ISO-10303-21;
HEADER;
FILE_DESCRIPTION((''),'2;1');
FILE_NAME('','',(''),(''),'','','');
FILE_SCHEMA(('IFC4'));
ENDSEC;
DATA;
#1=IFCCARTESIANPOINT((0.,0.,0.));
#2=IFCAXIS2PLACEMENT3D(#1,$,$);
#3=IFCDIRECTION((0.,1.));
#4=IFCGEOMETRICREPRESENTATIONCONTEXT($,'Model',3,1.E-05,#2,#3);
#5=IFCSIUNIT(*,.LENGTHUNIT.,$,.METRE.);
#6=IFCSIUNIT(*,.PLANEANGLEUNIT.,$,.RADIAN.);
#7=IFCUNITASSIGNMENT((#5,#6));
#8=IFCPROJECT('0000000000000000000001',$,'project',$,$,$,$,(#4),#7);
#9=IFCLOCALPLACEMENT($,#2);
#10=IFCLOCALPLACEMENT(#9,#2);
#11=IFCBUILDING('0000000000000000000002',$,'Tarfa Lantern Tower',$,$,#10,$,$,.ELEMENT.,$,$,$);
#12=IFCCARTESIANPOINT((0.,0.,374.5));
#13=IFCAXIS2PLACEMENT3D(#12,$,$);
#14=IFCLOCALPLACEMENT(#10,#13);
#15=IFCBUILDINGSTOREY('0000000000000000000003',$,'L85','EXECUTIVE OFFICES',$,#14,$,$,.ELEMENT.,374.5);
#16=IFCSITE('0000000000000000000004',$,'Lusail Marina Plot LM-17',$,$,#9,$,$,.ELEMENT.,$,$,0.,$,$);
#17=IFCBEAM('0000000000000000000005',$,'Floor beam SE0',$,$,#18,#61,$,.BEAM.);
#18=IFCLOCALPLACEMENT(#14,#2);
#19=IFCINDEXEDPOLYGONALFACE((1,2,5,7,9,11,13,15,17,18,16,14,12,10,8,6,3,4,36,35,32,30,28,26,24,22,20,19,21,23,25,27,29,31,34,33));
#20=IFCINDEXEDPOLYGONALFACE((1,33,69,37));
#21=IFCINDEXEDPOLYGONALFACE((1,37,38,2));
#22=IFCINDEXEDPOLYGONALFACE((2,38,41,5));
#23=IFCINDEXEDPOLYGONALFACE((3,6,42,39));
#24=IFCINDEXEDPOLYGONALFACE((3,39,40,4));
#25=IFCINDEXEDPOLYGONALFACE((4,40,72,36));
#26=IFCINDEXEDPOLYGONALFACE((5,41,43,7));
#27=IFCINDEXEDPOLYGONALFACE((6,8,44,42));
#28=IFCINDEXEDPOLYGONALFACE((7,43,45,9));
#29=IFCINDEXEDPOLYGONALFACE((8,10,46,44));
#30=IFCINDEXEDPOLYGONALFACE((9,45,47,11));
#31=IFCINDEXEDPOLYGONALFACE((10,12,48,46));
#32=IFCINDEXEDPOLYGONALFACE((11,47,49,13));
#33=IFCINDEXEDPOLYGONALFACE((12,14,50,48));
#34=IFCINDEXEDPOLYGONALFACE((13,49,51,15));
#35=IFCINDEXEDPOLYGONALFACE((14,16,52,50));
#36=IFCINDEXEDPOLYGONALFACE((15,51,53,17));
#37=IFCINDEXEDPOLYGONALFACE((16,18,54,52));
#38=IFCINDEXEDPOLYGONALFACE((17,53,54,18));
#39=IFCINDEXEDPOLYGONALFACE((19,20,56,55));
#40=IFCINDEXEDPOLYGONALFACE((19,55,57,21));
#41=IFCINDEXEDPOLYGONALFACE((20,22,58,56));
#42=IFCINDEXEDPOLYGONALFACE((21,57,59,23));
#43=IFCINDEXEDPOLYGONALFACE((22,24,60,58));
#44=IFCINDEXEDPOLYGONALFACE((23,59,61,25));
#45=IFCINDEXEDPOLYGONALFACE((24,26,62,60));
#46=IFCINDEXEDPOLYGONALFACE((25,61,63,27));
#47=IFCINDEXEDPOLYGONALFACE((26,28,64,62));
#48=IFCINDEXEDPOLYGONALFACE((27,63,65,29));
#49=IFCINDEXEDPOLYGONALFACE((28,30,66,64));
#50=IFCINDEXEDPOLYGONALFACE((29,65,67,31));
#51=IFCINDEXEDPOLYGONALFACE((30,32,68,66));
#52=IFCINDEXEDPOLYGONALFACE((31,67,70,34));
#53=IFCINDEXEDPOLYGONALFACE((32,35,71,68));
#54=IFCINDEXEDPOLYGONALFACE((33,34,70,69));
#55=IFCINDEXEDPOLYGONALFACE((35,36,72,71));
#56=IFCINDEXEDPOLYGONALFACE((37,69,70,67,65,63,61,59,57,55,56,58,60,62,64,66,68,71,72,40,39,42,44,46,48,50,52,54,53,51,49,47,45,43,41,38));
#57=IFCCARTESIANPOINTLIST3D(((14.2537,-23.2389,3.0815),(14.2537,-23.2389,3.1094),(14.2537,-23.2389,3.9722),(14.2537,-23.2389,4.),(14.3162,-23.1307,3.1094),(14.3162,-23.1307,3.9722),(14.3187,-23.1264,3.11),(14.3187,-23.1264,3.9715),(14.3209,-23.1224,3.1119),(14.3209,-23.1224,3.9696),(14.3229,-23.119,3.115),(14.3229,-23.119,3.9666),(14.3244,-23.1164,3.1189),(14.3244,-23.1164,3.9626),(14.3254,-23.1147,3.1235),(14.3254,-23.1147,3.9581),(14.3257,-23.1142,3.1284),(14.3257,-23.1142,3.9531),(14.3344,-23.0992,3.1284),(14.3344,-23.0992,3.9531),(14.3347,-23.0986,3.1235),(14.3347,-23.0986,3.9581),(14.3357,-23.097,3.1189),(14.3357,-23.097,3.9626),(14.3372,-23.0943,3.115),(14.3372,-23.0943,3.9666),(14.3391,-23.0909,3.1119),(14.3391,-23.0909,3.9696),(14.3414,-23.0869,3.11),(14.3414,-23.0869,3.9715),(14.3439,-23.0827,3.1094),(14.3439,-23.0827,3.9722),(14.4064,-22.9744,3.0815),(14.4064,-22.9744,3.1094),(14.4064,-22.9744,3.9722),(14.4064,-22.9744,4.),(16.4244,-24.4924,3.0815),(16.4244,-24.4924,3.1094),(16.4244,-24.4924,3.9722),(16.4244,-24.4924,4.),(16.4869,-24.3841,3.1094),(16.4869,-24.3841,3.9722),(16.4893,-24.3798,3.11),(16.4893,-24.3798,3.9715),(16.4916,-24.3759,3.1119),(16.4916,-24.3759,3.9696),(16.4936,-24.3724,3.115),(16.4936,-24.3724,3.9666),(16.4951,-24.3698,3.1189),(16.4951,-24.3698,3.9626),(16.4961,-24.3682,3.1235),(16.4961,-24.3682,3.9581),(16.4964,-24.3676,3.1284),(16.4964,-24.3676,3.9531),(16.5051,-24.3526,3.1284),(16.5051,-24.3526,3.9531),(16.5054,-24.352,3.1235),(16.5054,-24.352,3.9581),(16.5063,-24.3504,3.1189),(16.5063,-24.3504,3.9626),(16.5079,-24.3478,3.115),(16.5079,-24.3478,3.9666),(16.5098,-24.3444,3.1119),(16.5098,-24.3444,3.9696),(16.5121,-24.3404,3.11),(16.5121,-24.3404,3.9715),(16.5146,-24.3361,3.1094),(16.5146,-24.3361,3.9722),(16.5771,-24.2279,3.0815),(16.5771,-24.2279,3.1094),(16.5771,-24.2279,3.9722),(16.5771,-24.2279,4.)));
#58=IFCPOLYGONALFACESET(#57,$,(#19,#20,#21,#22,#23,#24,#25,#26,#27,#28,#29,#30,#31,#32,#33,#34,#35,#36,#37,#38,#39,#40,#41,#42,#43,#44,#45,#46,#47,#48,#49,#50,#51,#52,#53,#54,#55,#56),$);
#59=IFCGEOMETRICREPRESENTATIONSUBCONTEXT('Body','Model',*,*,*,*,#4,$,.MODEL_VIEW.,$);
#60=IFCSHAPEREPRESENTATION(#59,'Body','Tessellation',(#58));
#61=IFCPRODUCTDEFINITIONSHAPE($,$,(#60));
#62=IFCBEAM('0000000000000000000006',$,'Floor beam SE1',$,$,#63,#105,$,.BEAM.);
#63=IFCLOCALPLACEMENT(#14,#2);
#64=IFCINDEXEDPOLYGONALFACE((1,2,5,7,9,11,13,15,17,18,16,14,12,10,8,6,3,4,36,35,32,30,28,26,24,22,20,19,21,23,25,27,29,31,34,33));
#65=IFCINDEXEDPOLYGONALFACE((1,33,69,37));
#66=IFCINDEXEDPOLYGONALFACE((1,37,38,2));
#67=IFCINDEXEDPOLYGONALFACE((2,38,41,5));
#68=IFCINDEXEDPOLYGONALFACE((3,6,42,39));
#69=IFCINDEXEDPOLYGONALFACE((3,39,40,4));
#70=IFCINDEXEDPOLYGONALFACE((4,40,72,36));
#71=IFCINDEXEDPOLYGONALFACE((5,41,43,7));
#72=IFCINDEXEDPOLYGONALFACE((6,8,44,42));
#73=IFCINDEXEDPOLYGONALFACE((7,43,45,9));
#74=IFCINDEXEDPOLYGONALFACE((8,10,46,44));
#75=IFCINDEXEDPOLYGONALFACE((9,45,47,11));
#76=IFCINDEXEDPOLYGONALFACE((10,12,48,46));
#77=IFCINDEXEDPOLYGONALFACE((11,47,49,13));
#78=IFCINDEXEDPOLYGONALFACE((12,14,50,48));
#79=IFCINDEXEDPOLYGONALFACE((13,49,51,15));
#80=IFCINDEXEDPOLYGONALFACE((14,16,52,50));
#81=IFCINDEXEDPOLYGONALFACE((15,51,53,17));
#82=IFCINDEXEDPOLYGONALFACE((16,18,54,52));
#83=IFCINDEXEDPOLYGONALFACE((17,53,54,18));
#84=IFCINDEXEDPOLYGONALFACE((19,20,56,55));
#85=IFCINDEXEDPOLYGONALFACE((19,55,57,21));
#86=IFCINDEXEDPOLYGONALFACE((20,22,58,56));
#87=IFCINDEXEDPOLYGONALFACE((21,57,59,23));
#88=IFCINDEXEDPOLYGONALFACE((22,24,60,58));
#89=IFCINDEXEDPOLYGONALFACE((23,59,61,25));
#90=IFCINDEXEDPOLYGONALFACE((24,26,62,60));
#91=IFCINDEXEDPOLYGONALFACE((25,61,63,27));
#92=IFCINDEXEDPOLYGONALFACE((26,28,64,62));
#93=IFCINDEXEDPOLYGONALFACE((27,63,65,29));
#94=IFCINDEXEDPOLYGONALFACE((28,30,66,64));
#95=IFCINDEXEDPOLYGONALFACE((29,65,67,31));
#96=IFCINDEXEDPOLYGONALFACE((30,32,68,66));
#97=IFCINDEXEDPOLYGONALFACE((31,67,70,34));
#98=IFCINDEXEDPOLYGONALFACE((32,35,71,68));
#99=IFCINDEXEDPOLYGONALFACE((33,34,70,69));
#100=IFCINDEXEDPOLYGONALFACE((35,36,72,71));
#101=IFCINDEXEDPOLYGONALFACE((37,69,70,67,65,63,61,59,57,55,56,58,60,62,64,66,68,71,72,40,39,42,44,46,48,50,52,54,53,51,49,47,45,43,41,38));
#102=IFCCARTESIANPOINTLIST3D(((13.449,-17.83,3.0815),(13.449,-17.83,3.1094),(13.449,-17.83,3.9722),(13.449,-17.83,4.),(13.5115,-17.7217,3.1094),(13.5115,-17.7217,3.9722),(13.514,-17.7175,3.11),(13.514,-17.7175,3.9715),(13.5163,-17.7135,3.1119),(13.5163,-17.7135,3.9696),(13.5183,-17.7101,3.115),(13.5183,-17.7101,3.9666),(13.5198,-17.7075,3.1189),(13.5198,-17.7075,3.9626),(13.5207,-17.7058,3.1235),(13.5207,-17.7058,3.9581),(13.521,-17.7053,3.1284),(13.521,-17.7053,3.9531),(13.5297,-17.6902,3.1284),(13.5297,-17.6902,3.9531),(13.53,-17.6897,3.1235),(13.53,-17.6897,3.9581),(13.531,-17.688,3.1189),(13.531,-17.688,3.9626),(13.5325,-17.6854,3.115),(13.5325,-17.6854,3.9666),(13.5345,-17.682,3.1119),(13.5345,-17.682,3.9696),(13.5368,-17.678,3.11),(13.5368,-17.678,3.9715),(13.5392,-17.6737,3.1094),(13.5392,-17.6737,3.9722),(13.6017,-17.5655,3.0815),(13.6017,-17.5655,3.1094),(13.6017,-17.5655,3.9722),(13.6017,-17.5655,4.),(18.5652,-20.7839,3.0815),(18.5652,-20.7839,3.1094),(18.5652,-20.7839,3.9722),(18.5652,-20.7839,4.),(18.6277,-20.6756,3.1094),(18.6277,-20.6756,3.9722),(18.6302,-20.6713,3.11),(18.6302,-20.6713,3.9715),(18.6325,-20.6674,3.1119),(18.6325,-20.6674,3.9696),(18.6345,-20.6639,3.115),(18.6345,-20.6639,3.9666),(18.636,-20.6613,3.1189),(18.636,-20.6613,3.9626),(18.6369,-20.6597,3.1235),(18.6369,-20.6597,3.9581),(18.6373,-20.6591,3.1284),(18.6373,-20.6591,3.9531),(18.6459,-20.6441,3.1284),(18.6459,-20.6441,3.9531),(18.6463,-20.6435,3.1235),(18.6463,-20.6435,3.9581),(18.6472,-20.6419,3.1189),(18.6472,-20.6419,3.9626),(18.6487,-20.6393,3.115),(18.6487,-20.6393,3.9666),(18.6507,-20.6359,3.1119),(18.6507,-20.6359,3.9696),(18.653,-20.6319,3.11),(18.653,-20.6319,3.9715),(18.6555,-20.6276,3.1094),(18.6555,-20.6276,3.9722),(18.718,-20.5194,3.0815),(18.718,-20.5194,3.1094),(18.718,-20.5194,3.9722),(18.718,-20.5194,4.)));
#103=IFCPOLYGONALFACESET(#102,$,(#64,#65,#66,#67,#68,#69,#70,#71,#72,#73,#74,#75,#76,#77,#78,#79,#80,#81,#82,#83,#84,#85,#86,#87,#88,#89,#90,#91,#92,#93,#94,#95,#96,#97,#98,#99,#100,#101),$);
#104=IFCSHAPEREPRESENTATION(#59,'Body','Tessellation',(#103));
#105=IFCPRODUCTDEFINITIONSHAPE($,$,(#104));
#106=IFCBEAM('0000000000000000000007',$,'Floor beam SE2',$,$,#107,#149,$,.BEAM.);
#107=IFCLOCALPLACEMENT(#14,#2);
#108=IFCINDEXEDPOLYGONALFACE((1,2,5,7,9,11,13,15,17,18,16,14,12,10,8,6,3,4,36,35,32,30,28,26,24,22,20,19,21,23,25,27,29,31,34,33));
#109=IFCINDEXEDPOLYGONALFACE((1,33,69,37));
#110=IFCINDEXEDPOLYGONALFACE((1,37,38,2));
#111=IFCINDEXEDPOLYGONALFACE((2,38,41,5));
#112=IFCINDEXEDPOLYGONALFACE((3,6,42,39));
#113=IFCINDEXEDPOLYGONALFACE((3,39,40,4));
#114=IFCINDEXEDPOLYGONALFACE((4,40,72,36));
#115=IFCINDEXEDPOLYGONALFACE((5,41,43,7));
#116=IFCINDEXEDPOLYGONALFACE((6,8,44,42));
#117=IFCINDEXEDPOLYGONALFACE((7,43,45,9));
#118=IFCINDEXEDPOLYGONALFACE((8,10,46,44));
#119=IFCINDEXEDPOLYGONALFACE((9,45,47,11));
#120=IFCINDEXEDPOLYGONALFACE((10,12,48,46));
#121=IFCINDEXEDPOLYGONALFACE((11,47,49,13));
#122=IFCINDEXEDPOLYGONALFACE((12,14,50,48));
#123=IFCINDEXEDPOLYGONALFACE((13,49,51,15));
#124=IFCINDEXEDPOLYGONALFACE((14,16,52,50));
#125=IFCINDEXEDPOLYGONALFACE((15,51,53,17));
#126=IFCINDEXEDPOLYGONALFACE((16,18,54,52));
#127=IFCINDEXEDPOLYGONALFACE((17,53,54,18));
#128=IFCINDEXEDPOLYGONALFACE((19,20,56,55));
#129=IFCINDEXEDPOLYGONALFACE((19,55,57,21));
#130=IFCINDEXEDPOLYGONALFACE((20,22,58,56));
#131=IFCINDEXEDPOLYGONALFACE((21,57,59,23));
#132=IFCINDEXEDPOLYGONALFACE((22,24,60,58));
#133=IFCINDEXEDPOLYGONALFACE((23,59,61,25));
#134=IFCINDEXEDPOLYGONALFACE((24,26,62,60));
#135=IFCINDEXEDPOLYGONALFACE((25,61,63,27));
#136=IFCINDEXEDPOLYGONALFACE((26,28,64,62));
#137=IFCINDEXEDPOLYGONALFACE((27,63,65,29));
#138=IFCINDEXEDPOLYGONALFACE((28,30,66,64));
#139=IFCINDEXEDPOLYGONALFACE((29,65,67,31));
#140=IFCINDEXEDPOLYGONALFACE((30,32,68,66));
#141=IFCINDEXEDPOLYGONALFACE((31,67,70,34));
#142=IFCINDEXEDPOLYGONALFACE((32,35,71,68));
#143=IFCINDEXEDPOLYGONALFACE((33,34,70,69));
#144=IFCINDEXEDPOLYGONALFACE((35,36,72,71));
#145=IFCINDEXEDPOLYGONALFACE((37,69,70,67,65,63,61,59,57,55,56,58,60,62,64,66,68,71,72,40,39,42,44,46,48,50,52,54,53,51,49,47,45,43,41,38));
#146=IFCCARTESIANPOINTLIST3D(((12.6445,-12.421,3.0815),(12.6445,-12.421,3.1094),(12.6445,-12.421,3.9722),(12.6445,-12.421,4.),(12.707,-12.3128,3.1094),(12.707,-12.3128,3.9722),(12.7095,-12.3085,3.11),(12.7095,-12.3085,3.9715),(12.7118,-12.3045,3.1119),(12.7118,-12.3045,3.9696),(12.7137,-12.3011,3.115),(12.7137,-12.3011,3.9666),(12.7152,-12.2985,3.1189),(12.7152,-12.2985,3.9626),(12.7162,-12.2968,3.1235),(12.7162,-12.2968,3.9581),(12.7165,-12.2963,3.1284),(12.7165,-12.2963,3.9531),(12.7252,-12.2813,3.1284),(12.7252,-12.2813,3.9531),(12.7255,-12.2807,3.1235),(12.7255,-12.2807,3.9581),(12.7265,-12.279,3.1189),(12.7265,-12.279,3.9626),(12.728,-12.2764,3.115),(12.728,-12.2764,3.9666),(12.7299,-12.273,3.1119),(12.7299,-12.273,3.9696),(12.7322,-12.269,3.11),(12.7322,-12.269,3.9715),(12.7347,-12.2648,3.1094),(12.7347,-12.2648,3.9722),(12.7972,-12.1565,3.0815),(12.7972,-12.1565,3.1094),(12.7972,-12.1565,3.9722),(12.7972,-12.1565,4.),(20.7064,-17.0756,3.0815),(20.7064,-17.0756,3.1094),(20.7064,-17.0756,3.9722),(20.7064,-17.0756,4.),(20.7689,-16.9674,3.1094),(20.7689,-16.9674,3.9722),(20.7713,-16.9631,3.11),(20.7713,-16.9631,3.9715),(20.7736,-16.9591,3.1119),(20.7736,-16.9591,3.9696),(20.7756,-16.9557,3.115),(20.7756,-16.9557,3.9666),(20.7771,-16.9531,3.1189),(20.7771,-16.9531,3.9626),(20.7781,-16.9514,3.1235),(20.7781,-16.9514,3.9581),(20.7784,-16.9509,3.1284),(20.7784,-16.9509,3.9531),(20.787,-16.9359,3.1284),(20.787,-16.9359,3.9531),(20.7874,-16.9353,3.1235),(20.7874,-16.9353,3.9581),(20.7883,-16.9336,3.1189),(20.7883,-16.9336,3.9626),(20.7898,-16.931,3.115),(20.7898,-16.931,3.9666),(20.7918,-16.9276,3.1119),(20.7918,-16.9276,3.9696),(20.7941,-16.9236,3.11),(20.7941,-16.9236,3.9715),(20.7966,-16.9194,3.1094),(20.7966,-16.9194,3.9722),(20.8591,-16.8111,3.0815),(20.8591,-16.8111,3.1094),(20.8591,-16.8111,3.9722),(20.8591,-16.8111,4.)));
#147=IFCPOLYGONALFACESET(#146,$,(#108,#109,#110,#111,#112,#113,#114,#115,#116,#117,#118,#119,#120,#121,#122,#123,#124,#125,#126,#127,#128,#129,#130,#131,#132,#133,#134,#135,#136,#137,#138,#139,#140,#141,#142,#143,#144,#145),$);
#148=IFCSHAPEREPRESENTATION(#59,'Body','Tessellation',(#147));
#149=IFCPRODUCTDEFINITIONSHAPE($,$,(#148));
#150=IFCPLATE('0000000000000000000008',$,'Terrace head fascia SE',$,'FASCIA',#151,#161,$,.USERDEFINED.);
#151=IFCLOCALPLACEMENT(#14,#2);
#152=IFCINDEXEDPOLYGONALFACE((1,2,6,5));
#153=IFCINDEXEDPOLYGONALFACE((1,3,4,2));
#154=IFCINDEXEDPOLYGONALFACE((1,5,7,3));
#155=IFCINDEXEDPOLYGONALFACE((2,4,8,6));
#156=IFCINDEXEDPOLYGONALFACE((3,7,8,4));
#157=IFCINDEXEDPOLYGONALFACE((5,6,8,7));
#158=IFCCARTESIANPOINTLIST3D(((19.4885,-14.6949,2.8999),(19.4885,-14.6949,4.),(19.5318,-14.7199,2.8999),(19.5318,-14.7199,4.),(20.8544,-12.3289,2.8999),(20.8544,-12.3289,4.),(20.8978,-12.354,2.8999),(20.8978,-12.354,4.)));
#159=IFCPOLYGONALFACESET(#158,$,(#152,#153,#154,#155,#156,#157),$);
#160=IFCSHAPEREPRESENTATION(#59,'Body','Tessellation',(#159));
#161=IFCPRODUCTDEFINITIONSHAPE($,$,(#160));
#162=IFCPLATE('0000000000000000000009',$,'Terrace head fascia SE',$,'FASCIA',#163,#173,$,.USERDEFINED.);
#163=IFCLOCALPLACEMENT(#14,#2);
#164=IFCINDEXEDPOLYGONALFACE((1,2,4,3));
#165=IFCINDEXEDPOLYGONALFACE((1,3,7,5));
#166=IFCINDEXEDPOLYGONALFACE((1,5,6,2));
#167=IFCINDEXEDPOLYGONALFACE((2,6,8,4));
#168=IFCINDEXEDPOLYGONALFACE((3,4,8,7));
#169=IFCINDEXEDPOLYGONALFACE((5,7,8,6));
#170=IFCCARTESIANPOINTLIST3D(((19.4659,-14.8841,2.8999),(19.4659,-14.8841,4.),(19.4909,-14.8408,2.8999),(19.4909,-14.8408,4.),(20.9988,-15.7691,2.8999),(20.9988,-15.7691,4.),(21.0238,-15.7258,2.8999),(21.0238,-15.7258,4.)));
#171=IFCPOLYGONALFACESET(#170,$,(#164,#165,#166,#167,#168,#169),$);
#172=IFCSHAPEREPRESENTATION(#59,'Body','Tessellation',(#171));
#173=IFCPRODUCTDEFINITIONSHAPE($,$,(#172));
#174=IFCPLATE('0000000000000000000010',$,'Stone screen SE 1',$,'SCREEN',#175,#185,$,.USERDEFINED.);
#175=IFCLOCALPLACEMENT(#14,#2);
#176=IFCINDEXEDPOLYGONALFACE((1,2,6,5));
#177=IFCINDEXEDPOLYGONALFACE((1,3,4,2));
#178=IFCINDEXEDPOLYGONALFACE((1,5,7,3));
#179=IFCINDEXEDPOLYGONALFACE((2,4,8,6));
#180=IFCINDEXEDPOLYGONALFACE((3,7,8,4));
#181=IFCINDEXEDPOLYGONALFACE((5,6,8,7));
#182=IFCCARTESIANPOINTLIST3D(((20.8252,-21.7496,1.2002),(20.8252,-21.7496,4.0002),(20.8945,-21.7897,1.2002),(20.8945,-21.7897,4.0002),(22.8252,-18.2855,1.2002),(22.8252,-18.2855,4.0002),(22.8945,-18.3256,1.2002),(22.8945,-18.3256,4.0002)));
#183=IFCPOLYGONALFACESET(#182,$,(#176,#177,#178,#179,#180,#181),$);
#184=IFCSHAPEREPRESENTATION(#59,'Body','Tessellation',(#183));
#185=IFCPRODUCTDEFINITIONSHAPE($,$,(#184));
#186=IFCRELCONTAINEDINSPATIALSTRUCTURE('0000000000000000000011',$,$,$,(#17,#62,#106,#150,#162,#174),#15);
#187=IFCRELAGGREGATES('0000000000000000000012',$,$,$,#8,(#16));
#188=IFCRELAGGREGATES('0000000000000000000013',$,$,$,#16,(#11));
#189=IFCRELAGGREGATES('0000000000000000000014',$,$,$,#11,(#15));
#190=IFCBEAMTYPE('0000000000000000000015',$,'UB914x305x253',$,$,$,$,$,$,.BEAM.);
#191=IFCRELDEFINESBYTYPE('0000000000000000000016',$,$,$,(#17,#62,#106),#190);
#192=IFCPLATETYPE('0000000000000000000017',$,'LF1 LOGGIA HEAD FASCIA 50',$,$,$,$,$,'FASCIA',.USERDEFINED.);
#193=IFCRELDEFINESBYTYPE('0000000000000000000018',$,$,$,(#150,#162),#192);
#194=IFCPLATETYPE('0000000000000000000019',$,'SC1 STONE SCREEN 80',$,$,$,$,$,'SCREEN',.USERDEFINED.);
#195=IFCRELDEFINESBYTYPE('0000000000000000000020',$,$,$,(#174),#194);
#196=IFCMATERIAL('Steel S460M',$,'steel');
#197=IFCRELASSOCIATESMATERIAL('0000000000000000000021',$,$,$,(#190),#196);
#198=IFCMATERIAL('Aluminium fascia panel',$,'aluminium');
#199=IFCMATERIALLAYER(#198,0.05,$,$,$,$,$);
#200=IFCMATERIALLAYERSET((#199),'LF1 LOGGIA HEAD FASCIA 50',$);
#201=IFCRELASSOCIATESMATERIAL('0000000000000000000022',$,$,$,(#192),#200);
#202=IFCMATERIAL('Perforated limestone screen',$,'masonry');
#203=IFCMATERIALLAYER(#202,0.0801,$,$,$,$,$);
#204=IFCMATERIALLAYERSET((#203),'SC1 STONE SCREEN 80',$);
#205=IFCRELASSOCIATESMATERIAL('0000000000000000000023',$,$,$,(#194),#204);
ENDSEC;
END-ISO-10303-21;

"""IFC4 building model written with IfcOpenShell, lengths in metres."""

from ifc_helpers import new_model, si_unit, direction, frame, origin, origin_2d, place, context, subcontext, project, spatial, rectangle, i_section, extrude, material, layer, layer_set, material_profile, profile_set, type_object, element, save


model = new_model("IFC4")

# Units and contexts
model_context = context("Model", 3, precision=1e-05, world=origin(), true_north=direction((0.0, 1.0)))
body_context = subcontext(model_context, "Body", "Model", "MODEL_VIEW")
ifc_project = project(units=[si_unit("LENGTHUNIT", "METRE"), si_unit("PLANEANGLEUNIT", "RADIAN")], contexts=[model_context])

# Site, building, storey
site_placement = place(None, origin())
site = spatial("IfcSite", under=ifc_project, at=site_placement, Name="Lusail Marina Plot LM-17", CompositionType="ELEMENT", RefElevation=0.0)
building_placement = place(site_placement, origin())
building = spatial("IfcBuilding", under=site, at=building_placement, Name="Tarfa Lantern Tower", CompositionType="ELEMENT")
storey_placement = place(building_placement, frame((0.0, 0.0, 374.5)))
storey = spatial("IfcBuildingStorey", under=building, at=storey_placement, Name="L85", Description="EXECUTIVE OFFICES", CompositionType="ELEMENT", Elevation=374.5)

# Beams
ifc_material_1 = material(Name="Steel S460M", Category="steel")
ifc_material_profile_1 = material_profile(ifc_material_1, i_section(OverallWidth=0.3054, OverallDepth=0.9185, WebThickness=0.0173, FlangeThickness=0.0278, FilletRadius=0.019, at=origin_2d()), Name="UB914x305x253")
ifc_profile_set_1 = profile_set([ifc_material_profile_1], Name="Steel S460M")
beam_type_1 = type_object("IfcBeamType", Name="UB914x305x253", PredefinedType="BEAM", material=ifc_profile_set_1)
beam_1_placement = place(storey_placement, frame((16.5007, -24.3601, 3.5408), z_axis=(-0.865993, 0.500057, 0.0), x_axis=(-0.500057, -0.865993, 0.0)))
element("IfcBeam", 1, at=beam_1_placement, inside=storey, type_object=beam_type_1, Name="Floor beam SE0", PredefinedType="BEAM", context=body_context, shape_type="SweptSolid", body=[
    extrude(i_section(OverallWidth=0.3054, OverallDepth=0.9185, WebThickness=0.0173, FlangeThickness=0.0278, FilletRadius=0.019, at=origin_2d()), origin(), (0.0, 0.0, 1.0), 2.5066),
])
beam_2_placement = place(storey_placement, frame((18.6416, -20.6516, 3.5408), z_axis=(-0.866025, 0.500001, 0.0), x_axis=(-0.500001, -0.866025, 0.0)))
element("IfcBeam", 2, at=beam_2_placement, inside=storey, type_object=beam_type_1, Name="Floor beam SE1", PredefinedType="BEAM", context=body_context, shape_type="SweptSolid", body=[
    extrude(i_section(OverallWidth=0.3054, OverallDepth=0.9185, WebThickness=0.0173, FlangeThickness=0.0278, FilletRadius=0.019, at=origin_2d()), origin(), (0.0, 0.0, 1.0), 5.9077),
])
beam_3_placement = place(storey_placement, frame((20.7827, -16.9434, 3.5408), z_axis=(-0.866022, 0.500006, 0.0), x_axis=(-0.500006, -0.866022, 0.0)))
element("IfcBeam", 3, at=beam_3_placement, inside=storey, type_object=beam_type_1, Name="Floor beam SE2", PredefinedType="BEAM", context=body_context, shape_type="SweptSolid", body=[
    extrude(i_section(OverallWidth=0.3054, OverallDepth=0.9185, WebThickness=0.0173, FlangeThickness=0.0278, FilletRadius=0.019, at=origin_2d()), origin(), (0.0, 0.0, 1.0), 9.3091),
])

# Plates
ifc_material_2 = material(Name="Aluminium fascia panel", Category="aluminium")
ifc_layer_1 = layer(ifc_material_2, 0.05)
ifc_layer_set_1 = layer_set([ifc_layer_1], Name="LF1 LOGGIA HEAD FASCIA 50")
plate_type_1 = type_object("IfcPlateType", Name="LF1 LOGGIA HEAD FASCIA 50", ElementType="FASCIA", PredefinedType="USERDEFINED", material=ifc_layer_set_1)
plate_1_placement = place(storey_placement, frame((20.1931, -13.5244, 2.8999), z_axis=(0.0, 0.0, 1.0), x_axis=(0.5, 0.866025, 0.0)))
element("IfcPlate", 4, at=plate_1_placement, inside=storey, type_object=plate_type_1, Name="Terrace head fascia SE", ObjectType="FASCIA", PredefinedType="USERDEFINED", context=body_context, shape_type="SweptSolid", body=[
    extrude(rectangle(XDim=2.7319, YDim=0.05, at=origin_2d()), origin(), (0.0, 0.0, 1.0), 1.1001),
])
plate_2_placement = place(storey_placement, frame((20.2449, -15.3049, 2.8999), z_axis=(0.0, 0.0, 1.0), x_axis=(-0.866025, 0.5, 0.0)))
element("IfcPlate", 5, at=plate_2_placement, inside=storey, type_object=plate_type_1, Name="Terrace head fascia SE", ObjectType="FASCIA", PredefinedType="USERDEFINED", context=body_context, shape_type="SweptSolid", body=[
    extrude(rectangle(XDim=1.77, YDim=0.05, at=origin_2d()), origin(), (0.0, 0.0, 1.0), 1.1001),
])
ifc_material_3 = material(Name="Perforated limestone screen", Category="masonry")
ifc_layer_2 = layer(ifc_material_3, 0.0801)
ifc_layer_set_2 = layer_set([ifc_layer_2], Name="SC1 STONE SCREEN 80")
plate_type_2 = type_object("IfcPlateType", Name="SC1 STONE SCREEN 80", ElementType="SCREEN", PredefinedType="USERDEFINED", material=ifc_layer_set_2)
plate_3_placement = place(storey_placement, frame((21.8599, -20.0376, 1.2002), z_axis=(0.0, 0.0, 1.0), x_axis=(0.5, 0.866025, 0.0)))
element("IfcPlate", 6, at=plate_3_placement, inside=storey, type_object=plate_type_2, Name="Stone screen SE 1", ObjectType="SCREEN", PredefinedType="USERDEFINED", context=body_context, shape_type="SweptSolid", body=[
    extrude(rectangle(XDim=4.0, YDim=0.0801, at=origin_2d()), origin(), (0.0, 0.0, 1.0), 2.8),
])

save(model, "model.ifc")
